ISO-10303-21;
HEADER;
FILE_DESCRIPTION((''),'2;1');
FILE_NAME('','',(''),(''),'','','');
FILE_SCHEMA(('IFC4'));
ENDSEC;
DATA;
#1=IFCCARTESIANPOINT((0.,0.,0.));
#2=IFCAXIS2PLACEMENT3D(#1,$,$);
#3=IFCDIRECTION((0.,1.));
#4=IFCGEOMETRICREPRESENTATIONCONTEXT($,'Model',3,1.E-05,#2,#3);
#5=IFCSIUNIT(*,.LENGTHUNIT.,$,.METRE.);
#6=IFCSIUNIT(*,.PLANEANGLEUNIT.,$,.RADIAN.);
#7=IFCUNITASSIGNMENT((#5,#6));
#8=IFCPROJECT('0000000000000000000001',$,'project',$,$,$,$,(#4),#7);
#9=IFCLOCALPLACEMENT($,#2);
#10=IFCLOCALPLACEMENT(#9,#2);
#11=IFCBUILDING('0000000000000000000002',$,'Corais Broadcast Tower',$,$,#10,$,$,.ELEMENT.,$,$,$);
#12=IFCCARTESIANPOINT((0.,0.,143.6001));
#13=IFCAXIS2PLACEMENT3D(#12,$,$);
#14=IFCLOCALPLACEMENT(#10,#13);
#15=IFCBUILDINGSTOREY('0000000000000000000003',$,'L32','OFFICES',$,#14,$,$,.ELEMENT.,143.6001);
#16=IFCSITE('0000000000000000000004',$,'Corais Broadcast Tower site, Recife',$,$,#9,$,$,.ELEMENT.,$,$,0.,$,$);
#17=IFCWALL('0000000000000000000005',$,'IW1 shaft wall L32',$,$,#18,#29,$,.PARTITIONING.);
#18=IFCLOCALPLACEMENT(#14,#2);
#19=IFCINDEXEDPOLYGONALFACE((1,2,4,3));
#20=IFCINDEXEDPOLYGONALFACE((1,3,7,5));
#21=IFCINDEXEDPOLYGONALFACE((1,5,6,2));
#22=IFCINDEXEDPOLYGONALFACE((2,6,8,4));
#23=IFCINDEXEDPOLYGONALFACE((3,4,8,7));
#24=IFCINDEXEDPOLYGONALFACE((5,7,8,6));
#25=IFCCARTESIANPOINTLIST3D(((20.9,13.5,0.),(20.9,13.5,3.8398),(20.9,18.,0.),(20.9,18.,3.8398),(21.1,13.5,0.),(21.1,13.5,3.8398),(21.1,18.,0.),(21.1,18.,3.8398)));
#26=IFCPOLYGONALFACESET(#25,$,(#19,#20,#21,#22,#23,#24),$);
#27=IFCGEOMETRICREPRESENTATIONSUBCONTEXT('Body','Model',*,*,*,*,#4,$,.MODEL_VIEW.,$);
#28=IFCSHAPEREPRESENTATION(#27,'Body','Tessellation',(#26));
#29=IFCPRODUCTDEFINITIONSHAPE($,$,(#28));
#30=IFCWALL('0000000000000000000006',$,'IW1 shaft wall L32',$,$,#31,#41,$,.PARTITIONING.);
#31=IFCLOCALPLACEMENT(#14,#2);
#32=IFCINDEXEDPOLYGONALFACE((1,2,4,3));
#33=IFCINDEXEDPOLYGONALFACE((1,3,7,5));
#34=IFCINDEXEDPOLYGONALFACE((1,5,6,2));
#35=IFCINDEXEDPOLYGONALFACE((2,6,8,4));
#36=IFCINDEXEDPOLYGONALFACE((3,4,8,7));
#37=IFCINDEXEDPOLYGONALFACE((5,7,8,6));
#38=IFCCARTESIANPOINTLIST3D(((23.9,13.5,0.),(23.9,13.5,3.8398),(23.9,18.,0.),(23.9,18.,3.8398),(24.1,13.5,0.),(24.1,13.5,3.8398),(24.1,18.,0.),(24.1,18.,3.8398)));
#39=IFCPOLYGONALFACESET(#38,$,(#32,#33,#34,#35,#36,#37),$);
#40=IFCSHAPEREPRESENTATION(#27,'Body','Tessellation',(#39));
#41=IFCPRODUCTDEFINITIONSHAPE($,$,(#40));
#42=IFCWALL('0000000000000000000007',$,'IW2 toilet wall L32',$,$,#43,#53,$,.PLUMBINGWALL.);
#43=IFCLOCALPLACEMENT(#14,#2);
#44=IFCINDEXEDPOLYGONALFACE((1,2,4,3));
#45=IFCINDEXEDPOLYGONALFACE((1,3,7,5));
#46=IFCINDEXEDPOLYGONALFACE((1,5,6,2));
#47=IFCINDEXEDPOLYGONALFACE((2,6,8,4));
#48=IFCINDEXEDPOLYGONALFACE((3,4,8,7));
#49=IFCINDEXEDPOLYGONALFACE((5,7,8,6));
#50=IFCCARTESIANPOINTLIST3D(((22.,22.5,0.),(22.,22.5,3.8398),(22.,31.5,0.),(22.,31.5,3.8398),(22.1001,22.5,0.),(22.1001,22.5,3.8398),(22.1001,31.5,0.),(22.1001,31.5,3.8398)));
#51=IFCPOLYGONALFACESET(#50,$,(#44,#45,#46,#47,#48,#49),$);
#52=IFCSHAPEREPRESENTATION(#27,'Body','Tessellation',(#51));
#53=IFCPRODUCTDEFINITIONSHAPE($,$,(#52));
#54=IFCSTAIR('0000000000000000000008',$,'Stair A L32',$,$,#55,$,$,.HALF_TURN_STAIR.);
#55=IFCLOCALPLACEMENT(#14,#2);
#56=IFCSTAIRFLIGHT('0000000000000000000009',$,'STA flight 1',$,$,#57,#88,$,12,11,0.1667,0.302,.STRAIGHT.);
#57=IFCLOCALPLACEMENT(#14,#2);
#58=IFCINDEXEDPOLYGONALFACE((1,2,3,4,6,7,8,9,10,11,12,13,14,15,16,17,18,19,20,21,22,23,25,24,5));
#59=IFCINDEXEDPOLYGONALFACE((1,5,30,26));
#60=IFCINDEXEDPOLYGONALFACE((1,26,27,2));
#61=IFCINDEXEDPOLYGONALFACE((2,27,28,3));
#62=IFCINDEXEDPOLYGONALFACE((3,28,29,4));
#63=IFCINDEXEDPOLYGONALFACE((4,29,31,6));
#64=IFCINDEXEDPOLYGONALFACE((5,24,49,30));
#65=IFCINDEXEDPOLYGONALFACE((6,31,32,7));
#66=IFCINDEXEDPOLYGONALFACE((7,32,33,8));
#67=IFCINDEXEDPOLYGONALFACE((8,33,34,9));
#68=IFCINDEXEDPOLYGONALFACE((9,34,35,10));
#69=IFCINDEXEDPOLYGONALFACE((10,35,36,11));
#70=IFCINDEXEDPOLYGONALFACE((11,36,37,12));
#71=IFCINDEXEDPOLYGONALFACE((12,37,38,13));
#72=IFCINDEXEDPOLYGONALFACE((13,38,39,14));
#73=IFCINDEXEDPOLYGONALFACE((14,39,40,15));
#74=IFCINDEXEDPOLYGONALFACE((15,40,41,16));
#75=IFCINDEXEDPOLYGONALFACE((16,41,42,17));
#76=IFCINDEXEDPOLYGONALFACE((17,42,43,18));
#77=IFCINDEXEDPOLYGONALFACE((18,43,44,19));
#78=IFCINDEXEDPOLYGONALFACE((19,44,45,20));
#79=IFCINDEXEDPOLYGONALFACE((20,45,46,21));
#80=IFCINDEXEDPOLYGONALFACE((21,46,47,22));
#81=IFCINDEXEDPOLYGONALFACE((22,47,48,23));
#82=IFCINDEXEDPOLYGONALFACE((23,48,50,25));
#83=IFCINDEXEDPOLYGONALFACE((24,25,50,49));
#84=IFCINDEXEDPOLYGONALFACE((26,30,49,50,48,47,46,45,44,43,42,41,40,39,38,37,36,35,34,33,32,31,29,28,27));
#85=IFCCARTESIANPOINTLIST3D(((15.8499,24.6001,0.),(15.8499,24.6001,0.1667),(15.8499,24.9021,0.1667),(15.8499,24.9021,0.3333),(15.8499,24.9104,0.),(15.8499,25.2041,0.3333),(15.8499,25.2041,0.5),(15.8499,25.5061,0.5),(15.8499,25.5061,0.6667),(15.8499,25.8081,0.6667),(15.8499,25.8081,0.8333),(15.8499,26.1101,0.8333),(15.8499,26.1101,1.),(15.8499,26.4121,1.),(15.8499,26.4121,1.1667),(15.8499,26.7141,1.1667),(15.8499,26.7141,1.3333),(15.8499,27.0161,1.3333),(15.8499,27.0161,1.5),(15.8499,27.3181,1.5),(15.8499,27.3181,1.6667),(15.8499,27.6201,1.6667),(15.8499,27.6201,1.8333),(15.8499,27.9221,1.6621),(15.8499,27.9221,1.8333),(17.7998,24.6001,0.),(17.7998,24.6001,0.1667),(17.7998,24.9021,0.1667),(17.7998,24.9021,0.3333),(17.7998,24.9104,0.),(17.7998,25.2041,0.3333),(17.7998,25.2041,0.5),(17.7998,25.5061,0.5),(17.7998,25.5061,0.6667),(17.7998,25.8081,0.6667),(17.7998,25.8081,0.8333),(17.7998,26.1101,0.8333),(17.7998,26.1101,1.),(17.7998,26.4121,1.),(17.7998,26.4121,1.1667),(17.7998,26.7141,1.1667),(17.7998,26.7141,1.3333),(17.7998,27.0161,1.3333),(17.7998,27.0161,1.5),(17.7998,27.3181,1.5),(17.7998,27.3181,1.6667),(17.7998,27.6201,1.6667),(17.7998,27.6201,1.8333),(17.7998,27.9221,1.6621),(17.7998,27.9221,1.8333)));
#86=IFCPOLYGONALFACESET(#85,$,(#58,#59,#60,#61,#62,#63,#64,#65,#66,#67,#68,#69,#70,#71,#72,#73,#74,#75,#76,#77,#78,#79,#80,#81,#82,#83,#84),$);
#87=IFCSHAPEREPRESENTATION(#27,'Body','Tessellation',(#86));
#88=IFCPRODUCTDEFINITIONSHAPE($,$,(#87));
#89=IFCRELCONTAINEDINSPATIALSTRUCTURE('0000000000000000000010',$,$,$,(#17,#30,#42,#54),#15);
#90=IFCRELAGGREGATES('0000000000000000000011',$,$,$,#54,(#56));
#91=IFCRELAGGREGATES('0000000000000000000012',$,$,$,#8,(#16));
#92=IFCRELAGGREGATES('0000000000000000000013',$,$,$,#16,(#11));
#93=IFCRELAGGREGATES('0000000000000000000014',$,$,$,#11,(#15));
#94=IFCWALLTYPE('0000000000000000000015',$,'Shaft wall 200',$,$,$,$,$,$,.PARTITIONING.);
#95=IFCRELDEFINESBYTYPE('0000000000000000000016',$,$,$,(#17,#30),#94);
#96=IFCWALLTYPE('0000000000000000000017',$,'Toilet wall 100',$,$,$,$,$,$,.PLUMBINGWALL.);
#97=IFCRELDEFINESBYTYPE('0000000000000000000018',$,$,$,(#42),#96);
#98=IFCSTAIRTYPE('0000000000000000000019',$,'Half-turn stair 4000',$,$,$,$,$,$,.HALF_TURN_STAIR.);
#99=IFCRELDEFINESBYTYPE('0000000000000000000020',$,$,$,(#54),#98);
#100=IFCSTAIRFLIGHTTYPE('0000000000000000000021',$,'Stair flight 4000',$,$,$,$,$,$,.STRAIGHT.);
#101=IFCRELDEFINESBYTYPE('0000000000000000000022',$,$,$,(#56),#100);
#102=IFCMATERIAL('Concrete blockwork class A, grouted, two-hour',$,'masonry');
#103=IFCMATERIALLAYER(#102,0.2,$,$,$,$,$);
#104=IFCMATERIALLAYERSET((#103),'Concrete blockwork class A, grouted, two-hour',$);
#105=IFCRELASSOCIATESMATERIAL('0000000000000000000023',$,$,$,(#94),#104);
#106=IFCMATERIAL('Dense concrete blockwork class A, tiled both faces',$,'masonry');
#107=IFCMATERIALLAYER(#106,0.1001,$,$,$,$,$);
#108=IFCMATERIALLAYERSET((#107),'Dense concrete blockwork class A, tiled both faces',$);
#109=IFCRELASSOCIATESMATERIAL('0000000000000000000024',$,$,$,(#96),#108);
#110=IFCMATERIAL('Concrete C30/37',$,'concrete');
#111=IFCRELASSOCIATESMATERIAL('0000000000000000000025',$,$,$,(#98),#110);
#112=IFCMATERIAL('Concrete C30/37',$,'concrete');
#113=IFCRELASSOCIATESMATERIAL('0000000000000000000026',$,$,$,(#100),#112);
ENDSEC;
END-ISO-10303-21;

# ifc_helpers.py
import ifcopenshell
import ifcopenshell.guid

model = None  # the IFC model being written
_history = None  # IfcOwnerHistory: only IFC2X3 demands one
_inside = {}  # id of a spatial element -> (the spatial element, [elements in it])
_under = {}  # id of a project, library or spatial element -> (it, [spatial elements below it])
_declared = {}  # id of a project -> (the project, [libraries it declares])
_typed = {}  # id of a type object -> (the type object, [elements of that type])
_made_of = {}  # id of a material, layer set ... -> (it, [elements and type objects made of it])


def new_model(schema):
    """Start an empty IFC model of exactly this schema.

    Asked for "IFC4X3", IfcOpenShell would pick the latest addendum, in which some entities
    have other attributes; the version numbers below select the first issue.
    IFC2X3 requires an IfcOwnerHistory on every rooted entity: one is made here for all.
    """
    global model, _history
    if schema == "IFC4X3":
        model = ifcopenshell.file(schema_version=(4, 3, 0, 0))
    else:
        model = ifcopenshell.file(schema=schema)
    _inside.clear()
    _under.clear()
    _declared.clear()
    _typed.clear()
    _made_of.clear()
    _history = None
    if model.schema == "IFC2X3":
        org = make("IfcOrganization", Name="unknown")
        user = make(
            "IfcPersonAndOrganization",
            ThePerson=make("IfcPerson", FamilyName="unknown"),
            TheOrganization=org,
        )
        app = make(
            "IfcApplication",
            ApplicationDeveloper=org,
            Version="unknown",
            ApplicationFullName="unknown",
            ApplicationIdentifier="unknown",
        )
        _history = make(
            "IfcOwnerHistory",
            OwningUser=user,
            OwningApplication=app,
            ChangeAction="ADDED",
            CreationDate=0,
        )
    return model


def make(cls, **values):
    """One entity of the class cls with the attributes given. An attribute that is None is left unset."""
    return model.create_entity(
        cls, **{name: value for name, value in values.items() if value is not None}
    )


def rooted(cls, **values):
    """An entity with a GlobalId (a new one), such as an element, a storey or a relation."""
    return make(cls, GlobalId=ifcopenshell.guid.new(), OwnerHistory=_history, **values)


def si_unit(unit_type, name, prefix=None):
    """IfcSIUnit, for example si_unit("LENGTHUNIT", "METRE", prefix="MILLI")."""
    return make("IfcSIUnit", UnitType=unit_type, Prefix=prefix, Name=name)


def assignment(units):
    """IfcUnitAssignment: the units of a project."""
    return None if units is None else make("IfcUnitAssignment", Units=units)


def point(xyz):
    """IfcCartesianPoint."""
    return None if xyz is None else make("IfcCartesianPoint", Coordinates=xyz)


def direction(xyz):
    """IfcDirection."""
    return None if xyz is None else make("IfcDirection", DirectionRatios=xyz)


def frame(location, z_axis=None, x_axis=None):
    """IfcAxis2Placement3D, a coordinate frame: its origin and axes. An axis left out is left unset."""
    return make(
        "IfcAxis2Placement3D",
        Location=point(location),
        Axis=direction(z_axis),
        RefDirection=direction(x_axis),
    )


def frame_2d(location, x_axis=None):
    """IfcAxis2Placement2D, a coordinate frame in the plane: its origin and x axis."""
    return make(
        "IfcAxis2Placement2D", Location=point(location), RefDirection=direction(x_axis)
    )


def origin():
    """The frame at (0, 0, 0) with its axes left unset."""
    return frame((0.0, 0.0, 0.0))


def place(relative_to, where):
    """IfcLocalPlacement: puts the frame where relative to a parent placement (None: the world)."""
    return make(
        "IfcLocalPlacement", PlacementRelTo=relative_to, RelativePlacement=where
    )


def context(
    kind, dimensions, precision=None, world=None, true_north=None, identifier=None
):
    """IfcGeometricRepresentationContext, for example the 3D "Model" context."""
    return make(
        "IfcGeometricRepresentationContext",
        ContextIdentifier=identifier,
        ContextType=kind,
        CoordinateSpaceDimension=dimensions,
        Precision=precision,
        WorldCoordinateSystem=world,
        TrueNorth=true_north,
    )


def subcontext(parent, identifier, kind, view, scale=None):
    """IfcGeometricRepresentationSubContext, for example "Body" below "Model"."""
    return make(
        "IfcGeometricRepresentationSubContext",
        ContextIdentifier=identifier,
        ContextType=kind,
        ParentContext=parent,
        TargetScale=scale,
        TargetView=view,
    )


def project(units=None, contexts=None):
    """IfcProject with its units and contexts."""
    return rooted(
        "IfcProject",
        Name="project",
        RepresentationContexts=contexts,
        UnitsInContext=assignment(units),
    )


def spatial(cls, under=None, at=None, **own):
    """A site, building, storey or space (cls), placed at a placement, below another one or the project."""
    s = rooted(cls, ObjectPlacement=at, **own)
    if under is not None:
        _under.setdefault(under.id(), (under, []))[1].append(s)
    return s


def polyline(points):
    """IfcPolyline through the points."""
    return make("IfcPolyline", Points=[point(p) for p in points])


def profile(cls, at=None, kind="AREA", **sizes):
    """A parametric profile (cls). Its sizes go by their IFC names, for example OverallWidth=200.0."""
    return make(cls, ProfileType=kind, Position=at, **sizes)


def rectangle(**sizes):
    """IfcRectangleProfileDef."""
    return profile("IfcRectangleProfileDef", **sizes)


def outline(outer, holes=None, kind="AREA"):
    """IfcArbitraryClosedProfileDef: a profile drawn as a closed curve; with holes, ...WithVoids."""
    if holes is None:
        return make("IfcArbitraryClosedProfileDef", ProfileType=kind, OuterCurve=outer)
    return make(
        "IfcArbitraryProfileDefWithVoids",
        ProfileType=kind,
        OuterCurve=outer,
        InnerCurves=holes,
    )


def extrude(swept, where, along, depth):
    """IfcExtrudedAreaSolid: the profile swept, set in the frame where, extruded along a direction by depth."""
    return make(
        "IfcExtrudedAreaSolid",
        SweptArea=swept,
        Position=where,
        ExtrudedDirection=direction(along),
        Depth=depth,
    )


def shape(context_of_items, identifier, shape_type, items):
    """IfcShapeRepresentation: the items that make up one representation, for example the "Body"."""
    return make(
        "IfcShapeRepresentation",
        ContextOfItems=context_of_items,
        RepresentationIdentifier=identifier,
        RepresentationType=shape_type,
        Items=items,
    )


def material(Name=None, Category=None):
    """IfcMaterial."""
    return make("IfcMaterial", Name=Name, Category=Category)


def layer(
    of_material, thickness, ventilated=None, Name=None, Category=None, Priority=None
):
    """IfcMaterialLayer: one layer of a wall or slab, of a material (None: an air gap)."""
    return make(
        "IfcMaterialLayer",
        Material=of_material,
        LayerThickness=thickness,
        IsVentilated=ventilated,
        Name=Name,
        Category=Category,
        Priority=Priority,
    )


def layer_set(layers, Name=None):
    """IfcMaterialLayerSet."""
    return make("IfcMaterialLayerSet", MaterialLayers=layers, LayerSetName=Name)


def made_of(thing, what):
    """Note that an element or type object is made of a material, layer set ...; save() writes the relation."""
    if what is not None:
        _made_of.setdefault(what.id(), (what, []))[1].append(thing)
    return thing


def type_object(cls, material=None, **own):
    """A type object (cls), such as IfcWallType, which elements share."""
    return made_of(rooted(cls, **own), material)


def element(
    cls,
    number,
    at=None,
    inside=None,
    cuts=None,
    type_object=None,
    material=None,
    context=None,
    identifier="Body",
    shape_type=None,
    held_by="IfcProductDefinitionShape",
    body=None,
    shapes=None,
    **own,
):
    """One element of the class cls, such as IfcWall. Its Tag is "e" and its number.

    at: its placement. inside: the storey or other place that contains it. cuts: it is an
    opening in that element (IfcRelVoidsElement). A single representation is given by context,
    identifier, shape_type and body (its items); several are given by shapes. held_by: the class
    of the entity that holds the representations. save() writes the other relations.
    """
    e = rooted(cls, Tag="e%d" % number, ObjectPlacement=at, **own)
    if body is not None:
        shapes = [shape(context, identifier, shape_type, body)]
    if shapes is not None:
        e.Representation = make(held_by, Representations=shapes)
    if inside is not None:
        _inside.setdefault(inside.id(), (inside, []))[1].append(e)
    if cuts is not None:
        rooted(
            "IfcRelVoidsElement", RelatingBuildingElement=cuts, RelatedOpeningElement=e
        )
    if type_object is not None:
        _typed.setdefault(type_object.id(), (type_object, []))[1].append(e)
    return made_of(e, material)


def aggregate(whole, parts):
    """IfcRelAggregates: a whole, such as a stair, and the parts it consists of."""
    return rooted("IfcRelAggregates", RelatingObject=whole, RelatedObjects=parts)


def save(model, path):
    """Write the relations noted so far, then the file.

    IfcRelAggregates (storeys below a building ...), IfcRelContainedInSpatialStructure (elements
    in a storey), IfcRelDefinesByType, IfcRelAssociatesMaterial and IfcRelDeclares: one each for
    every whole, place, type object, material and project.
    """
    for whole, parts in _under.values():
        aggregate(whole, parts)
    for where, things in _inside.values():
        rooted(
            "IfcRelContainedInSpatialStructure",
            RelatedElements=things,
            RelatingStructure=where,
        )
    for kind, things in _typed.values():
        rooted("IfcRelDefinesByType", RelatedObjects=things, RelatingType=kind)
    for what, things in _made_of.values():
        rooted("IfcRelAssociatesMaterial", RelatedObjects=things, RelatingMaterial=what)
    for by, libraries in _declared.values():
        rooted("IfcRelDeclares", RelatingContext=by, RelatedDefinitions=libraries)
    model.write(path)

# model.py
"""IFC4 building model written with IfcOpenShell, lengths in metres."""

from ifc_helpers import new_model, si_unit, direction, frame, frame_2d, origin, place, context, subcontext, project, spatial, polyline, rectangle, outline, extrude, material, layer, layer_set, type_object, element, aggregate, save


model = new_model("IFC4")

# Units and contexts
model_context = context("Model", 3, precision=1e-05, world=origin(), true_north=direction((0.0, 1.0)))
body_context = subcontext(model_context, "Body", "Model", "MODEL_VIEW")
ifc_project = project(units=[si_unit("LENGTHUNIT", "METRE"), si_unit("PLANEANGLEUNIT", "RADIAN")], contexts=[model_context])

# Site, building, storey
site_placement = place(None, origin())
site = spatial("IfcSite", under=ifc_project, at=site_placement, Name="Corais Broadcast Tower site, Recife", CompositionType="ELEMENT", RefElevation=0.0)
building_placement = place(site_placement, origin())
building = spatial("IfcBuilding", under=site, at=building_placement, Name="Corais Broadcast Tower", CompositionType="ELEMENT")
storey_placement = place(building_placement, frame((0.0, 0.0, 143.6001)))
storey = spatial("IfcBuildingStorey", under=building, at=storey_placement, Name="L32", Description="OFFICES", CompositionType="ELEMENT", Elevation=143.6001)

# Walls
ifc_material_1 = material(Name="Concrete blockwork class A, grouted, two-hour", Category="masonry")
ifc_layer_1 = layer(ifc_material_1, 0.2)
ifc_layer_set_1 = layer_set([ifc_layer_1], Name="Concrete blockwork class A, grouted, two-hour")
wall_type_1 = type_object("IfcWallType", Name="Shaft wall 200", PredefinedType="PARTITIONING", material=ifc_layer_set_1)
for number, where, z_axis, x_axis, name in (
    (1, (21.0, 13.5, 0.0), (0.0, 0.0, 1.0), (0.0, 1.0, 0.0), "IW1 shaft wall L32"),
    (2, (24.0, 13.5, 0.0), (0.0, 0.0, 1.0), (0.0, 1.0, 0.0), "IW1 shaft wall L32"),
):
    element("IfcWall", number, at=place(storey_placement, frame(where, z_axis=z_axis, x_axis=x_axis)), inside=storey, type_object=wall_type_1, Name=name, PredefinedType="PARTITIONING", context=body_context, shape_type="SweptSolid", body=[
        extrude(rectangle(XDim=4.5, YDim=0.2, at=frame_2d((2.25, 0.0))), origin(), (0.0, 0.0, 1.0), 3.8398),
    ])
ifc_material_2 = material(Name="Dense concrete blockwork class A, tiled both faces", Category="masonry")
ifc_layer_2 = layer(ifc_material_2, 0.1001)
ifc_layer_set_2 = layer_set([ifc_layer_2], Name="Dense concrete blockwork class A, tiled both faces")
wall_type_2 = type_object("IfcWallType", Name="Toilet wall 100", PredefinedType="PLUMBINGWALL", material=ifc_layer_set_2)
wall_1_placement = place(storey_placement, frame((22.05, 22.5, 0.0), z_axis=(0.0, 0.0, 1.0), x_axis=(0.0, 1.0, 0.0)))
element("IfcWall", 3, at=wall_1_placement, inside=storey, type_object=wall_type_2, Name="IW2 toilet wall L32", PredefinedType="PLUMBINGWALL", context=body_context, shape_type="SweptSolid", body=[
    extrude(rectangle(XDim=9.0, YDim=0.1001, at=frame_2d((4.5, 0.0))), origin(), (0.0, 0.0, 1.0), 3.8398),
])

# Stair, stair flight
ifc_material_3 = material(Name="Concrete C30/37", Category="concrete")
stair_type = type_object("IfcStairType", Name="Half-turn stair 4000", PredefinedType="HALF_TURN_STAIR", material=ifc_material_3)
stair_placement = place(storey_placement, origin())
stair = element("IfcStair", 4, at=stair_placement, inside=storey, type_object=stair_type, Name="Stair A L32", PredefinedType="HALF_TURN_STAIR")
ifc_material_4 = material(Name="Concrete C30/37", Category="concrete")
stair_flight_type = type_object("IfcStairFlightType", Name="Stair flight 4000", PredefinedType="STRAIGHT", material=ifc_material_4)
stair_flight_placement = place(storey_placement, frame((16.825, 24.6001, 0.0), z_axis=(0.0, 0.0, 1.0), x_axis=(0.0, 1.0, 0.0)))
stair_flight = element("IfcStairFlight", 5, at=stair_flight_placement, type_object=stair_flight_type, Name="STA flight 1", NumberOfRisers=12, NumberOfTreads=11, PredefinedType="STRAIGHT", RiserHeight=0.1667, TreadLength=0.302, context=body_context, shape_type="SweptSolid", body=[
    extrude(outline(polyline([(0.0, 0.0), (0.0, 0.1667), (0.302, 0.1667), (0.302, 0.3333), (0.604, 0.3333), (0.604, 0.5), (0.906, 0.5), (0.906, 0.6667), (1.208, 0.6667), (1.208, 0.8333), (1.51, 0.8333), (1.51, 1.0), (1.812, 1.0), (1.812, 1.1667), (2.114, 1.1667), (2.114, 1.3333), (2.416, 1.3333), (2.416, 1.5), (2.718, 1.5), (2.718, 1.6667), (3.02, 1.6667), (3.02, 1.8333), (3.322, 1.8333), (3.322, 2.0), (3.322, 1.6621), (0.3103, 0.0), (0.0, 0.0)])), frame((0.0, 0.9751, 0.0), z_axis=(0.0, -1.0, 0.0), x_axis=(1.0, 0.0, 0.0)), (0.0, 0.0, 1.0), 1.95),
])
aggregate(stair, [stair_flight])

save(model, "model.ifc")
